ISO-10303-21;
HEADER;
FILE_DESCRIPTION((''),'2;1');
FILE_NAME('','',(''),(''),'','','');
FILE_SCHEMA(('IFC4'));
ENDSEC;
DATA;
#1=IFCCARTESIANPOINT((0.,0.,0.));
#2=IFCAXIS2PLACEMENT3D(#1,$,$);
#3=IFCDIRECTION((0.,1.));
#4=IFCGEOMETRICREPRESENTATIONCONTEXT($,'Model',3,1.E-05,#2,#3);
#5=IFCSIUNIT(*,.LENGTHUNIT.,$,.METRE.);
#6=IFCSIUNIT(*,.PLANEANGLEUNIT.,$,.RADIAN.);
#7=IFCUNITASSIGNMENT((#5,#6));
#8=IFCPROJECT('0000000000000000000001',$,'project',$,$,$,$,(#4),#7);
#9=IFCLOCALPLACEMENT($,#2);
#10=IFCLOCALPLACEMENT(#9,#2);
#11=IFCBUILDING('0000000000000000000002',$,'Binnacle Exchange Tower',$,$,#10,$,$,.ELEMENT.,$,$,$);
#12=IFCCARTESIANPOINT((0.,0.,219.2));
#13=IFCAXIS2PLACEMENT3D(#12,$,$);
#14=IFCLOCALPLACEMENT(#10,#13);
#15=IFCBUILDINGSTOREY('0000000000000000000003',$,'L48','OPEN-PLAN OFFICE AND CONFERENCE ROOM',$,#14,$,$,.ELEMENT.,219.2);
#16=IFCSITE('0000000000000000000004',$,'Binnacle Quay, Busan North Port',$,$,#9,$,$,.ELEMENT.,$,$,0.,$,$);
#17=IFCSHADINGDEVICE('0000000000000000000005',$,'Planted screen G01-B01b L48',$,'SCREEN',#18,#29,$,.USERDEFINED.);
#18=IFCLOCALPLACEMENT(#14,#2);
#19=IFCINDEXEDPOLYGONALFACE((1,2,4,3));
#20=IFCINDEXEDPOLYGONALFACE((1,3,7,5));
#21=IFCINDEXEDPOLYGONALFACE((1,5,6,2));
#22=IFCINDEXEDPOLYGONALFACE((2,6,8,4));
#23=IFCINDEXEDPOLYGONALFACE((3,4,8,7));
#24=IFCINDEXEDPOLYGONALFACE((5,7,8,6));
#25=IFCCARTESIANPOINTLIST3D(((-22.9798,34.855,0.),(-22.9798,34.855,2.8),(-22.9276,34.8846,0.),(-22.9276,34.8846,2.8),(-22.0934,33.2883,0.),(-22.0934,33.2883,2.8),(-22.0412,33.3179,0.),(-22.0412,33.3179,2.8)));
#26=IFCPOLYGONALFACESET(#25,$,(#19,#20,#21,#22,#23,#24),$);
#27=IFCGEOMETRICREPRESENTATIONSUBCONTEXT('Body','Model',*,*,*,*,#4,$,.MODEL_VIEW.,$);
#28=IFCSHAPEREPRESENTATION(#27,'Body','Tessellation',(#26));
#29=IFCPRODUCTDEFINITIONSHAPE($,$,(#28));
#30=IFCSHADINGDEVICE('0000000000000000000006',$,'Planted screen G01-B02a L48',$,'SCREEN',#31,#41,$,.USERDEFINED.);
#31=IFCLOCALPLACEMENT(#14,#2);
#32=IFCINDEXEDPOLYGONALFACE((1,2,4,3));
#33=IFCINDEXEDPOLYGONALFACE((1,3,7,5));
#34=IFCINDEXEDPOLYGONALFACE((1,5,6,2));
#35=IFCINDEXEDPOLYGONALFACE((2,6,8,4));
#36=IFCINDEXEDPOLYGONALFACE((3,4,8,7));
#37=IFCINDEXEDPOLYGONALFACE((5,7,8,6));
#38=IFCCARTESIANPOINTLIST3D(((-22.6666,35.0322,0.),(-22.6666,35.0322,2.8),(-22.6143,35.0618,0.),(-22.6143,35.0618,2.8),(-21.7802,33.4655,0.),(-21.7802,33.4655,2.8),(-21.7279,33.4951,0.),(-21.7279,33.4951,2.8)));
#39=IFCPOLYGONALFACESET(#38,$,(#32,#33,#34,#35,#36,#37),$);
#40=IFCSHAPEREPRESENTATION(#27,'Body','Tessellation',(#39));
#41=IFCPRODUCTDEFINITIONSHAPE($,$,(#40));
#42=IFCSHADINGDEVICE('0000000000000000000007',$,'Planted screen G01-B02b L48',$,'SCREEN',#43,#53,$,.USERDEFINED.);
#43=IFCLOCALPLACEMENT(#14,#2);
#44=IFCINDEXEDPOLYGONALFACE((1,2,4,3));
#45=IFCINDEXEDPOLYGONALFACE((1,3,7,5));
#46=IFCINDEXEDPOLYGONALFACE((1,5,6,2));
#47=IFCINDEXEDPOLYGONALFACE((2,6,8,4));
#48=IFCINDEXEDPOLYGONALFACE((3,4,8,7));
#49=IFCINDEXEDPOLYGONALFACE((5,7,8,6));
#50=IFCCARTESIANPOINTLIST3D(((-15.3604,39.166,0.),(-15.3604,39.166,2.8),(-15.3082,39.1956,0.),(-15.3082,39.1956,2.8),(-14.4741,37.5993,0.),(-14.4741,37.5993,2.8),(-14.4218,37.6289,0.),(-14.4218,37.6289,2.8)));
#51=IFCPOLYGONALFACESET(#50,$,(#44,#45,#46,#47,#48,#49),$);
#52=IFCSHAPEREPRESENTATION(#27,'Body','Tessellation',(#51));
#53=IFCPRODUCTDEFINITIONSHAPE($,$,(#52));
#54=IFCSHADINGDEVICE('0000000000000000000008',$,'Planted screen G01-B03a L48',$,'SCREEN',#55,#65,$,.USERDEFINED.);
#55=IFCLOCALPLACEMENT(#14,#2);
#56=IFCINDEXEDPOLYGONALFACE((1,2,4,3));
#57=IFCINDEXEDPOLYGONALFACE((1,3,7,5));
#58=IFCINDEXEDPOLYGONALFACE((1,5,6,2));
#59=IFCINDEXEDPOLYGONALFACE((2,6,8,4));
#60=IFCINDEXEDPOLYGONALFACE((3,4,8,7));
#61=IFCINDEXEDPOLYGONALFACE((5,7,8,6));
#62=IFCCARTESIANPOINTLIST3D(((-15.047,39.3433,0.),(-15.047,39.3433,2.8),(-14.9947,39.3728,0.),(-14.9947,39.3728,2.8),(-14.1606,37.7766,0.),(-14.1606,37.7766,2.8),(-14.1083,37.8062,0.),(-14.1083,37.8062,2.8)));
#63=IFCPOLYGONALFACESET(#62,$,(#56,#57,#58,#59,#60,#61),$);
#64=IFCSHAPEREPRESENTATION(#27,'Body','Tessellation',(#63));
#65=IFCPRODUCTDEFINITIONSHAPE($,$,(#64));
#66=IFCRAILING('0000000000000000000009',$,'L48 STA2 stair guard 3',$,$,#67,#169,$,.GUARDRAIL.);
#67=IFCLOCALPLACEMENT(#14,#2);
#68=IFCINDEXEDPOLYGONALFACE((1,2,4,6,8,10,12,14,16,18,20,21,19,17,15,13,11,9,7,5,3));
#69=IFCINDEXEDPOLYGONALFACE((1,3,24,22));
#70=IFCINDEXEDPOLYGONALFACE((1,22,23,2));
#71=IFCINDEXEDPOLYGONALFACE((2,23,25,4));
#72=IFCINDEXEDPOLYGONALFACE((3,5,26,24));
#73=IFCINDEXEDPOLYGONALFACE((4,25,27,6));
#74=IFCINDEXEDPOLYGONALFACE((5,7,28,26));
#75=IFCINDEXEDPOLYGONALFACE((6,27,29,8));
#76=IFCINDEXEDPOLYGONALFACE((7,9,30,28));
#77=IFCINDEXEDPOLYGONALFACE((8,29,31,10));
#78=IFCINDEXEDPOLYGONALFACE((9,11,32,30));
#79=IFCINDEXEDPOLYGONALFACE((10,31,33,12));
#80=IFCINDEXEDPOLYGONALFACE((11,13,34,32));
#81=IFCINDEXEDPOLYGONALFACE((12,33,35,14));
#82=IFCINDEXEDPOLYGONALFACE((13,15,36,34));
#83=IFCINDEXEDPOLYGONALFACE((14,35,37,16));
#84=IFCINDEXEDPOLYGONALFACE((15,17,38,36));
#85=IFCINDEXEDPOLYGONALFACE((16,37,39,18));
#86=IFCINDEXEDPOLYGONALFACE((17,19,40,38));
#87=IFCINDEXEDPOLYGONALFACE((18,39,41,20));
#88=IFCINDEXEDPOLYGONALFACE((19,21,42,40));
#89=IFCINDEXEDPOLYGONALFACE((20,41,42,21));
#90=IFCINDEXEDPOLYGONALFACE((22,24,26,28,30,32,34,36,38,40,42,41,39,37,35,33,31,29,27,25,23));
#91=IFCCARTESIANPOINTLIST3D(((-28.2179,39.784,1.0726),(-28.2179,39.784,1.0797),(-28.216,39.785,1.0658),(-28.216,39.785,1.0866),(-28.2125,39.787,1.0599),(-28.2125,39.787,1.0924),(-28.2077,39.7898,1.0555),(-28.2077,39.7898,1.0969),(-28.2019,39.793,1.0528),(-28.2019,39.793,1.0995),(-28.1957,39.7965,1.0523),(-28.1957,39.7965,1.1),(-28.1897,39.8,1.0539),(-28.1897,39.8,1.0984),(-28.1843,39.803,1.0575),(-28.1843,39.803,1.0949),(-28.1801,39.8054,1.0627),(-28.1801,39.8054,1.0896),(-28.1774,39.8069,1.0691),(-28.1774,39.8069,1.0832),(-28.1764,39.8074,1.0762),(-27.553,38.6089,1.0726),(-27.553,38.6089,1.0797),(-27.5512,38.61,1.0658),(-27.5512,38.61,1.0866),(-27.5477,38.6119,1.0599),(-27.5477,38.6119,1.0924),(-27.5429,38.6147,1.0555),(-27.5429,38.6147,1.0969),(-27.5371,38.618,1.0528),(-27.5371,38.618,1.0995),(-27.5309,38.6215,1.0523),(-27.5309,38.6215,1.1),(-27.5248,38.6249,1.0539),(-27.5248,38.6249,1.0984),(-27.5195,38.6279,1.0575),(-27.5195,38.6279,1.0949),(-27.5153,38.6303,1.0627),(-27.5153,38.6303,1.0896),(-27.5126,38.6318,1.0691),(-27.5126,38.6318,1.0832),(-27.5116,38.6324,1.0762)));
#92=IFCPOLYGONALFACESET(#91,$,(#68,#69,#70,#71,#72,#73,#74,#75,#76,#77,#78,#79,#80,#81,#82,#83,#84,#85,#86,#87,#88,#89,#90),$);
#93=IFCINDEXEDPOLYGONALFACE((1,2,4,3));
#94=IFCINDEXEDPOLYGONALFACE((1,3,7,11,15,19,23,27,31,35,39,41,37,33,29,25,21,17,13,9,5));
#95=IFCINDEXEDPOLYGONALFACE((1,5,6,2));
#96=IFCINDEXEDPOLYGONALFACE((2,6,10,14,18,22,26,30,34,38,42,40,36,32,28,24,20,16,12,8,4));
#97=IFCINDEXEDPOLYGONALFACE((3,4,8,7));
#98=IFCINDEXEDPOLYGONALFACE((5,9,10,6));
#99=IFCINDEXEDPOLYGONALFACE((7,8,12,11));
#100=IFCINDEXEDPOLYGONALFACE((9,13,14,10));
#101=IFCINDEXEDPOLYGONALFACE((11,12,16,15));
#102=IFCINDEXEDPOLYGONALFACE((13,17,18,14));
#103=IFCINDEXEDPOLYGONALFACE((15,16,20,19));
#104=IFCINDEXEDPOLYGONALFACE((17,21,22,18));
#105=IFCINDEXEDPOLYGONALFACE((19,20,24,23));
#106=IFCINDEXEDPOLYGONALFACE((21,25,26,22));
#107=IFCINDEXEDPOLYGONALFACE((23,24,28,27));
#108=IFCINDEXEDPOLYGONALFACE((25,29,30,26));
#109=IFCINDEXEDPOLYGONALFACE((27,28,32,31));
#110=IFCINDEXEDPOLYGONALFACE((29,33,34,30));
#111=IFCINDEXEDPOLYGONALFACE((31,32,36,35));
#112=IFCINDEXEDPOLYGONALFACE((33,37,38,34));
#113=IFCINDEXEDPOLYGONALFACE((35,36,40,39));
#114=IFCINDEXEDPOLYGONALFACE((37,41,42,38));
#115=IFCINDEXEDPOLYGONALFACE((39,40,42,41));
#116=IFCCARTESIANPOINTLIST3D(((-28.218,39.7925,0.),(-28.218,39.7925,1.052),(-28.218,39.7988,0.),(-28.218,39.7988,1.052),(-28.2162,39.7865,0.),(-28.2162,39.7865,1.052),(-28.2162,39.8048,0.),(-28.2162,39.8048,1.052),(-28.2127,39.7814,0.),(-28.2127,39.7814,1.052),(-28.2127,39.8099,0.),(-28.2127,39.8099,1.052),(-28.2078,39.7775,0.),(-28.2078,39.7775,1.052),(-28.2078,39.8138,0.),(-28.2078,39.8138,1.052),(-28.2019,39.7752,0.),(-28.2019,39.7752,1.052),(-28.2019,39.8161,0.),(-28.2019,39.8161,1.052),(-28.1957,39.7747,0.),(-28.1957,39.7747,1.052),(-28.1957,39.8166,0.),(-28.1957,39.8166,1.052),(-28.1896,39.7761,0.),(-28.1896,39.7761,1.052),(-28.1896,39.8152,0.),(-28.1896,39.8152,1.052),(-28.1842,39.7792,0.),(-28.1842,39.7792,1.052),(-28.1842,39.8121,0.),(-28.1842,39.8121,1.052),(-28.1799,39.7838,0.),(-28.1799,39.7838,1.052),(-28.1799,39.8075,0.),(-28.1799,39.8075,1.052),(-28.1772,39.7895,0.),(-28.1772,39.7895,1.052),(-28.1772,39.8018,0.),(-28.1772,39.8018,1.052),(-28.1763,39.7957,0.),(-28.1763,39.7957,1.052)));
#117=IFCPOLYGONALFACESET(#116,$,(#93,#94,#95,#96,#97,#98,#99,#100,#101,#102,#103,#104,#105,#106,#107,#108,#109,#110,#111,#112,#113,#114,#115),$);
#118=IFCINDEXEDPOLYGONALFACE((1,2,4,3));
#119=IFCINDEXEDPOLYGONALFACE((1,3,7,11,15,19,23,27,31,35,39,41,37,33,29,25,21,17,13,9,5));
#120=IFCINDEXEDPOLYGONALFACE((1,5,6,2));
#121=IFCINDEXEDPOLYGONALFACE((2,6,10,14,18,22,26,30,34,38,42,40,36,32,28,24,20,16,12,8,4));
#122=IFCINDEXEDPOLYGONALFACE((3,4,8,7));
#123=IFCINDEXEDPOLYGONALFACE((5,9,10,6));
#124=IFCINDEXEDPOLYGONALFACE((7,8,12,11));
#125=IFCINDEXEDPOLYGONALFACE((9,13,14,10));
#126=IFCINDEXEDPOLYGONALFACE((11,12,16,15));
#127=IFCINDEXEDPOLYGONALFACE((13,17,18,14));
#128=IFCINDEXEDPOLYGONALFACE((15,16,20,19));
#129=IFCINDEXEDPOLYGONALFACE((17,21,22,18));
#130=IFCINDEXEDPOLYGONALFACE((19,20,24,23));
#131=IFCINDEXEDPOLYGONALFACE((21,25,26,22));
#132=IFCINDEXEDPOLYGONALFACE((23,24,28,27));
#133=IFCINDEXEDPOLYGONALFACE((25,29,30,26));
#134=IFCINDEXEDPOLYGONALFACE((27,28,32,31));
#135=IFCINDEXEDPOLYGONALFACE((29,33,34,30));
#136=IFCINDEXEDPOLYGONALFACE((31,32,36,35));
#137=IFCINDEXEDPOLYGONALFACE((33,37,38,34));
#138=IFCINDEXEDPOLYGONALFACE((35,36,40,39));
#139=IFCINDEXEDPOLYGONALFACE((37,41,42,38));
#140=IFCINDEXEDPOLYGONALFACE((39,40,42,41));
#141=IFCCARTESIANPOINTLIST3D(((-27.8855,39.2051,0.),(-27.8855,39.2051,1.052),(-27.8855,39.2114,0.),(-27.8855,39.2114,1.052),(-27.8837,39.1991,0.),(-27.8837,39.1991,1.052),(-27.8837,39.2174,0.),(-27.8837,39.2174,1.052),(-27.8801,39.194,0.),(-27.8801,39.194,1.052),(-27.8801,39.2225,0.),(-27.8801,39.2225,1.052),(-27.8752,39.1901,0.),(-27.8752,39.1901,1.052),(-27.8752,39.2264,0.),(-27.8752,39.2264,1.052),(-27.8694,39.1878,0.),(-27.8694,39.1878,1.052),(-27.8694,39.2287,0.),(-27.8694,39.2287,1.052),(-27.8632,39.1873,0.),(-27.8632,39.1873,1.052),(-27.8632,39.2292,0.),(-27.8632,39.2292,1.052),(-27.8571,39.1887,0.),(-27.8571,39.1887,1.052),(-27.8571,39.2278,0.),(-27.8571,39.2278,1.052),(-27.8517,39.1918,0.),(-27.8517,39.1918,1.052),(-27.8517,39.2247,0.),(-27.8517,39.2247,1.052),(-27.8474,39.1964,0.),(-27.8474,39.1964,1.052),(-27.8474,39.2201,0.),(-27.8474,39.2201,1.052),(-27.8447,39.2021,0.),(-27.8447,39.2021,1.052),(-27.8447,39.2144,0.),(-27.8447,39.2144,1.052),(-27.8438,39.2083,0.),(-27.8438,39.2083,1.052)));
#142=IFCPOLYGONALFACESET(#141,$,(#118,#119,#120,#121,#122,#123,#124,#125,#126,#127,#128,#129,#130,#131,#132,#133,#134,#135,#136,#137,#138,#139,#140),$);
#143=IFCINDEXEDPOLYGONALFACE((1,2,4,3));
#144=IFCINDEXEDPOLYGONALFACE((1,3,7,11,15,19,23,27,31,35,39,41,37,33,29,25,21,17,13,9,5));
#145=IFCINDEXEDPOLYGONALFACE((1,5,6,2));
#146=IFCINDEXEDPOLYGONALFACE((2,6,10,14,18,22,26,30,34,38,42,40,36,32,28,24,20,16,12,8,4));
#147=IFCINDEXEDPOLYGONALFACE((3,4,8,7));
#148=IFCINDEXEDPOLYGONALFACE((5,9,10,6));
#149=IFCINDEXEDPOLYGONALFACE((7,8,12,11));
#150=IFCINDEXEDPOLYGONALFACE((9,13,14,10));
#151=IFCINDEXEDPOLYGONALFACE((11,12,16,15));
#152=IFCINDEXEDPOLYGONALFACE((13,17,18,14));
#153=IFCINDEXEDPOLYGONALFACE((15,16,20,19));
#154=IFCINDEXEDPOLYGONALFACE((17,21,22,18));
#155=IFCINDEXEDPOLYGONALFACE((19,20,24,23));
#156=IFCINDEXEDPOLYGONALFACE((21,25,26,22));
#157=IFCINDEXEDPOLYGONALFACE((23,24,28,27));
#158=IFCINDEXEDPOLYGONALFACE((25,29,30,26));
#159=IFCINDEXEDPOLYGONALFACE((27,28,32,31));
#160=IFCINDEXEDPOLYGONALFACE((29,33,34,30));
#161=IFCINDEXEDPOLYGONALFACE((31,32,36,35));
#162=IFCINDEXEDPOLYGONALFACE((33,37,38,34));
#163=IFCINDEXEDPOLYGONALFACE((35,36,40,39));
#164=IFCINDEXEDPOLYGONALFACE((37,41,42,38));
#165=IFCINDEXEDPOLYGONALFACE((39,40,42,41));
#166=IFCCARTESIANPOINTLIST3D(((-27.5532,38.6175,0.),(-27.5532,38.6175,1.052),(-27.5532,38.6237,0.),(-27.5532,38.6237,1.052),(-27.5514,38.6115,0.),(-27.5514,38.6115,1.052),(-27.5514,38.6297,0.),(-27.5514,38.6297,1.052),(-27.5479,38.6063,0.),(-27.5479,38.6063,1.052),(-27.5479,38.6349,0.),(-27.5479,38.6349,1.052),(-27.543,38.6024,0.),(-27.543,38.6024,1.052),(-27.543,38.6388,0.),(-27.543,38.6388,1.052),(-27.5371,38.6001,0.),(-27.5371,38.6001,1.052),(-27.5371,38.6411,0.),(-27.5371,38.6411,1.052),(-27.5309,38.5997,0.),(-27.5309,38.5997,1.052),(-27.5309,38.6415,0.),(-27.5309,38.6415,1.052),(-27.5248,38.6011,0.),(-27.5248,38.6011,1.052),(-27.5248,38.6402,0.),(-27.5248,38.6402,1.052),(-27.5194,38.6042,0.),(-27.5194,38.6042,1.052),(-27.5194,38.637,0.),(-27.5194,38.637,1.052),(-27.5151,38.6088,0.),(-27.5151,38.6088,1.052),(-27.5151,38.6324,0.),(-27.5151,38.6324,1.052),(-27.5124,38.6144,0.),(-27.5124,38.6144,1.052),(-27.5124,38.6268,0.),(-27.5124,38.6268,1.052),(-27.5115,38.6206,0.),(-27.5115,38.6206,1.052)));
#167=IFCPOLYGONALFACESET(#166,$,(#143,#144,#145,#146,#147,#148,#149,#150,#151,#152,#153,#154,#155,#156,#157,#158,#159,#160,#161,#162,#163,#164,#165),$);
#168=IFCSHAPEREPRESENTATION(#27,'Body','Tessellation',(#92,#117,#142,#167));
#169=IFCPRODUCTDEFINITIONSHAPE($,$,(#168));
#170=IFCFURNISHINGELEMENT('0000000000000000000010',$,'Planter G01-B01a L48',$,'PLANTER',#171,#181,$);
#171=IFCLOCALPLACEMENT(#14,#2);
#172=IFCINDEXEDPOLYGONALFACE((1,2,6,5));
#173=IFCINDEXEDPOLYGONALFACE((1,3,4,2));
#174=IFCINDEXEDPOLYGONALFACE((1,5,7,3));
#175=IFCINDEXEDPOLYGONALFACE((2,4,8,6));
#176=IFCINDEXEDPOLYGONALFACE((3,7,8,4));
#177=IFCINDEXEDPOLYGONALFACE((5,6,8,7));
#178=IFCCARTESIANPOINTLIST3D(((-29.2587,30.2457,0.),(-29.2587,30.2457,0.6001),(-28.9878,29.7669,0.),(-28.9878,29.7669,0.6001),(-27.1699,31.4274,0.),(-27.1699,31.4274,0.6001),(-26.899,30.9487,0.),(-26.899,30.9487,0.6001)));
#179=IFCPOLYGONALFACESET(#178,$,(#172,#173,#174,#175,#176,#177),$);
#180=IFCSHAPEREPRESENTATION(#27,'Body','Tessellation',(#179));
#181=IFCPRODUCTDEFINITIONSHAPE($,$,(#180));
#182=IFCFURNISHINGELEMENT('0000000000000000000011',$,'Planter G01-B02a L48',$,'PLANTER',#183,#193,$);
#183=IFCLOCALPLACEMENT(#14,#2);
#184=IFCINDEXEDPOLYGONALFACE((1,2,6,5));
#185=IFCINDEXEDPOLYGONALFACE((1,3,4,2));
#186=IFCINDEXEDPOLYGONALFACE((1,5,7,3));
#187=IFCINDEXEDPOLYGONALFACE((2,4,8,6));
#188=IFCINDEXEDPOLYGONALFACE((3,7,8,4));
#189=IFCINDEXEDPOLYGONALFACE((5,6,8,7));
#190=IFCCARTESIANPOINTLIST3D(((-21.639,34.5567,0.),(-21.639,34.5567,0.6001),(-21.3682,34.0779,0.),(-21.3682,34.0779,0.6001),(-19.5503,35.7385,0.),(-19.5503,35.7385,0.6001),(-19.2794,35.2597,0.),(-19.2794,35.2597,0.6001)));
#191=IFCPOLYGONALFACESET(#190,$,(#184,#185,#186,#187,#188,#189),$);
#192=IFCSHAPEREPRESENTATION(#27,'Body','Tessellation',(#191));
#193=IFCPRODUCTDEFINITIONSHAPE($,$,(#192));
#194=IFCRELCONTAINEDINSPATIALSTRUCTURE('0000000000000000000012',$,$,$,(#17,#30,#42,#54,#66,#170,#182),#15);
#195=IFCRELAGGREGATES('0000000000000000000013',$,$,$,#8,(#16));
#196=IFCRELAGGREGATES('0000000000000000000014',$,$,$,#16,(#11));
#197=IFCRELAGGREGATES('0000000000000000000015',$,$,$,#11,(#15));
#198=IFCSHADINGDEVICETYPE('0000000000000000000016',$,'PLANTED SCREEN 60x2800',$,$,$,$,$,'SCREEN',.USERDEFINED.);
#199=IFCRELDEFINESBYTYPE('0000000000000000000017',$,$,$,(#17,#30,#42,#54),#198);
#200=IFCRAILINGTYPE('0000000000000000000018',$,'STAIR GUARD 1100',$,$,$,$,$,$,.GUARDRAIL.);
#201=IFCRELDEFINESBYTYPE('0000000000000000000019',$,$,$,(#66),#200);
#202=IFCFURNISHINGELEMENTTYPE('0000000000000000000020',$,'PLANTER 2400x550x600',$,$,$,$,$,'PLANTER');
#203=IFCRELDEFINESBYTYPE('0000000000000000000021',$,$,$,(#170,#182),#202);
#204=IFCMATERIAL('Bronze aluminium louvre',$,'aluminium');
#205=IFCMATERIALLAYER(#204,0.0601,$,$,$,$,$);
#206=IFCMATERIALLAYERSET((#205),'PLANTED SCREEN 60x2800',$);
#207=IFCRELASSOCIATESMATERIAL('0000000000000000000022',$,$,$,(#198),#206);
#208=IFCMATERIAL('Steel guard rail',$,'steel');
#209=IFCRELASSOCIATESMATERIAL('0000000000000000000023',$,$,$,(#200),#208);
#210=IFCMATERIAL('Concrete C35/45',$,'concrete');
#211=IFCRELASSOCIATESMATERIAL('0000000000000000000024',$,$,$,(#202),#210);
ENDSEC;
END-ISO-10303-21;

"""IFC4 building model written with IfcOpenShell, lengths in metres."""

from ifc_helpers import new_model, si_unit, direction, frame, origin, origin_2d, place, context, subcontext, project, spatial, rectangle, circle, extrude, material, layer, layer_set, type_object, element, save


model = new_model("IFC4")

# Units and contexts
model_context = context("Model", 3, precision=1e-05, world=origin(), true_north=direction((0.0, 1.0)))
body_context = subcontext(model_context, "Body", "Model", "MODEL_VIEW")
ifc_project = project(units=[si_unit("LENGTHUNIT", "METRE"), si_unit("PLANEANGLEUNIT", "RADIAN")], contexts=[model_context])

# Site, building, storey
site_placement = place(None, origin())
site = spatial("IfcSite", under=ifc_project, at=site_placement, Name="Binnacle Quay, Busan North Port", CompositionType="ELEMENT", RefElevation=0.0)
building_placement = place(site_placement, origin())
building = spatial("IfcBuilding", under=site, at=building_placement, Name="Binnacle Exchange Tower", CompositionType="ELEMENT")
storey_placement = place(building_placement, frame((0.0, 0.0, 219.2)))
storey = spatial("IfcBuildingStorey", under=building, at=storey_placement, Name="L48", Description="OPEN-PLAN OFFICE AND CONFERENCE ROOM", CompositionType="ELEMENT", Elevation=219.2)

# Shading devices
ifc_material_1 = material(Name="Bronze aluminium louvre", Category="aluminium")
ifc_layer_1 = layer(ifc_material_1, 0.0601)
ifc_layer_set_1 = layer_set([ifc_layer_1], Name="PLANTED SCREEN 60x2800")
shading_device_type = type_object("IfcShadingDeviceType", Name="PLANTED SCREEN 60x2800", ElementType="SCREEN", PredefinedType="USERDEFINED", material=ifc_layer_set_1)
for number, where, z_axis, x_axis, name in (
    (1, (-22.5105, 34.0864, 0.0), (0.0, 0.0, 1.0), (0.870356, 0.492424, 0.0), "Planted screen G01-B01b L48"),
    (2, (-22.1973, 34.2637, 0.0), (0.0, 0.0, 1.0), (0.870356, 0.492424, 0.0), "Planted screen G01-B02a L48"),
    (3, (-14.8911, 38.3975, 0.0), (0.0, 0.0, 1.0), (0.870356, 0.492424, 0.0), "Planted screen G01-B02b L48"),
    (4, (-14.5776, 38.5747, 0.0), (0.0, 0.0, 1.0), (0.870356, 0.492424, 0.0), "Planted screen G01-B03a L48"),
):
    element("IfcShadingDevice", number, at=place(storey_placement, frame(where, z_axis=z_axis, x_axis=x_axis)), inside=storey, type_object=shading_device_type, Name=name, ObjectType="SCREEN", PredefinedType="USERDEFINED", context=body_context, shape_type="SweptSolid", body=[
        extrude(rectangle(XDim=0.0601, YDim=1.8, at=origin_2d()), origin(), (0.0, 0.0, 1.0), 2.8),
    ])

# Railing
ifc_material_2 = material(Name="Steel guard rail", Category="steel")
railing_type_1 = type_object("IfcRailingType", Name="STAIR GUARD 1100", PredefinedType="GUARDRAIL", material=ifc_material_2)
railing_1_placement = place(storey_placement, frame((-28.1973, 39.7957, 0.0)))
element("IfcRailing", 5, at=railing_1_placement, inside=storey, type_object=railing_type_1, Name="L48 STA2 stair guard 3", PredefinedType="GUARDRAIL", context=body_context, shape_type="SweptSolid", body=[
    extrude(circle(Radius=0.0239, at=origin_2d()), frame((0.0, 0.0, 1.0762), z_axis=(0.492415, -0.870361, 0.0), x_axis=(0.870361, 0.492415, 0.0)), (0.0, 0.0, 1.0), 1.3501),
    extrude(circle(Radius=0.021, at=origin_2d()), origin(), (0.0, 0.0, 1.0), 1.052),
    extrude(circle(Radius=0.021, at=origin_2d()), frame((0.3325, -0.5874, 0.0)), (0.0, 0.0, 1.0), 1.052),
    extrude(circle(Radius=0.021, at=origin_2d()), frame((0.6648, -1.175, 0.0)), (0.0, 0.0, 1.0), 1.052),
])

# Furnishing elements
ifc_material_3 = material(Name="Concrete C35/45", Category="concrete")
furnishing_element_type = type_object("IfcFurnishingElementType", Name="PLANTER 2400x550x600", ElementType="PLANTER", material=ifc_material_3)
for number, where, z_axis, x_axis, name in (
    (6, (-28.0789, 30.5972, 0.0), (0.0, 0.0, 1.0), (0.870356, 0.492424, 0.0), "Planter G01-B01a L48"),
    (7, (-20.4592, 34.9082, 0.0), (0.0, 0.0, 1.0), (0.870356, 0.492424, 0.0), "Planter G01-B02a L48"),
):
    element("IfcFurnishingElement", number, at=place(storey_placement, frame(where, z_axis=z_axis, x_axis=x_axis)), inside=storey, type_object=furnishing_element_type, Name=name, ObjectType="PLANTER", context=body_context, shape_type="SweptSolid", body=[
        extrude(rectangle(XDim=2.3999, YDim=0.55, at=origin_2d()), origin(), (0.0, 0.0, 1.0), 0.6001),
    ])

save(model, "model.ifc")
